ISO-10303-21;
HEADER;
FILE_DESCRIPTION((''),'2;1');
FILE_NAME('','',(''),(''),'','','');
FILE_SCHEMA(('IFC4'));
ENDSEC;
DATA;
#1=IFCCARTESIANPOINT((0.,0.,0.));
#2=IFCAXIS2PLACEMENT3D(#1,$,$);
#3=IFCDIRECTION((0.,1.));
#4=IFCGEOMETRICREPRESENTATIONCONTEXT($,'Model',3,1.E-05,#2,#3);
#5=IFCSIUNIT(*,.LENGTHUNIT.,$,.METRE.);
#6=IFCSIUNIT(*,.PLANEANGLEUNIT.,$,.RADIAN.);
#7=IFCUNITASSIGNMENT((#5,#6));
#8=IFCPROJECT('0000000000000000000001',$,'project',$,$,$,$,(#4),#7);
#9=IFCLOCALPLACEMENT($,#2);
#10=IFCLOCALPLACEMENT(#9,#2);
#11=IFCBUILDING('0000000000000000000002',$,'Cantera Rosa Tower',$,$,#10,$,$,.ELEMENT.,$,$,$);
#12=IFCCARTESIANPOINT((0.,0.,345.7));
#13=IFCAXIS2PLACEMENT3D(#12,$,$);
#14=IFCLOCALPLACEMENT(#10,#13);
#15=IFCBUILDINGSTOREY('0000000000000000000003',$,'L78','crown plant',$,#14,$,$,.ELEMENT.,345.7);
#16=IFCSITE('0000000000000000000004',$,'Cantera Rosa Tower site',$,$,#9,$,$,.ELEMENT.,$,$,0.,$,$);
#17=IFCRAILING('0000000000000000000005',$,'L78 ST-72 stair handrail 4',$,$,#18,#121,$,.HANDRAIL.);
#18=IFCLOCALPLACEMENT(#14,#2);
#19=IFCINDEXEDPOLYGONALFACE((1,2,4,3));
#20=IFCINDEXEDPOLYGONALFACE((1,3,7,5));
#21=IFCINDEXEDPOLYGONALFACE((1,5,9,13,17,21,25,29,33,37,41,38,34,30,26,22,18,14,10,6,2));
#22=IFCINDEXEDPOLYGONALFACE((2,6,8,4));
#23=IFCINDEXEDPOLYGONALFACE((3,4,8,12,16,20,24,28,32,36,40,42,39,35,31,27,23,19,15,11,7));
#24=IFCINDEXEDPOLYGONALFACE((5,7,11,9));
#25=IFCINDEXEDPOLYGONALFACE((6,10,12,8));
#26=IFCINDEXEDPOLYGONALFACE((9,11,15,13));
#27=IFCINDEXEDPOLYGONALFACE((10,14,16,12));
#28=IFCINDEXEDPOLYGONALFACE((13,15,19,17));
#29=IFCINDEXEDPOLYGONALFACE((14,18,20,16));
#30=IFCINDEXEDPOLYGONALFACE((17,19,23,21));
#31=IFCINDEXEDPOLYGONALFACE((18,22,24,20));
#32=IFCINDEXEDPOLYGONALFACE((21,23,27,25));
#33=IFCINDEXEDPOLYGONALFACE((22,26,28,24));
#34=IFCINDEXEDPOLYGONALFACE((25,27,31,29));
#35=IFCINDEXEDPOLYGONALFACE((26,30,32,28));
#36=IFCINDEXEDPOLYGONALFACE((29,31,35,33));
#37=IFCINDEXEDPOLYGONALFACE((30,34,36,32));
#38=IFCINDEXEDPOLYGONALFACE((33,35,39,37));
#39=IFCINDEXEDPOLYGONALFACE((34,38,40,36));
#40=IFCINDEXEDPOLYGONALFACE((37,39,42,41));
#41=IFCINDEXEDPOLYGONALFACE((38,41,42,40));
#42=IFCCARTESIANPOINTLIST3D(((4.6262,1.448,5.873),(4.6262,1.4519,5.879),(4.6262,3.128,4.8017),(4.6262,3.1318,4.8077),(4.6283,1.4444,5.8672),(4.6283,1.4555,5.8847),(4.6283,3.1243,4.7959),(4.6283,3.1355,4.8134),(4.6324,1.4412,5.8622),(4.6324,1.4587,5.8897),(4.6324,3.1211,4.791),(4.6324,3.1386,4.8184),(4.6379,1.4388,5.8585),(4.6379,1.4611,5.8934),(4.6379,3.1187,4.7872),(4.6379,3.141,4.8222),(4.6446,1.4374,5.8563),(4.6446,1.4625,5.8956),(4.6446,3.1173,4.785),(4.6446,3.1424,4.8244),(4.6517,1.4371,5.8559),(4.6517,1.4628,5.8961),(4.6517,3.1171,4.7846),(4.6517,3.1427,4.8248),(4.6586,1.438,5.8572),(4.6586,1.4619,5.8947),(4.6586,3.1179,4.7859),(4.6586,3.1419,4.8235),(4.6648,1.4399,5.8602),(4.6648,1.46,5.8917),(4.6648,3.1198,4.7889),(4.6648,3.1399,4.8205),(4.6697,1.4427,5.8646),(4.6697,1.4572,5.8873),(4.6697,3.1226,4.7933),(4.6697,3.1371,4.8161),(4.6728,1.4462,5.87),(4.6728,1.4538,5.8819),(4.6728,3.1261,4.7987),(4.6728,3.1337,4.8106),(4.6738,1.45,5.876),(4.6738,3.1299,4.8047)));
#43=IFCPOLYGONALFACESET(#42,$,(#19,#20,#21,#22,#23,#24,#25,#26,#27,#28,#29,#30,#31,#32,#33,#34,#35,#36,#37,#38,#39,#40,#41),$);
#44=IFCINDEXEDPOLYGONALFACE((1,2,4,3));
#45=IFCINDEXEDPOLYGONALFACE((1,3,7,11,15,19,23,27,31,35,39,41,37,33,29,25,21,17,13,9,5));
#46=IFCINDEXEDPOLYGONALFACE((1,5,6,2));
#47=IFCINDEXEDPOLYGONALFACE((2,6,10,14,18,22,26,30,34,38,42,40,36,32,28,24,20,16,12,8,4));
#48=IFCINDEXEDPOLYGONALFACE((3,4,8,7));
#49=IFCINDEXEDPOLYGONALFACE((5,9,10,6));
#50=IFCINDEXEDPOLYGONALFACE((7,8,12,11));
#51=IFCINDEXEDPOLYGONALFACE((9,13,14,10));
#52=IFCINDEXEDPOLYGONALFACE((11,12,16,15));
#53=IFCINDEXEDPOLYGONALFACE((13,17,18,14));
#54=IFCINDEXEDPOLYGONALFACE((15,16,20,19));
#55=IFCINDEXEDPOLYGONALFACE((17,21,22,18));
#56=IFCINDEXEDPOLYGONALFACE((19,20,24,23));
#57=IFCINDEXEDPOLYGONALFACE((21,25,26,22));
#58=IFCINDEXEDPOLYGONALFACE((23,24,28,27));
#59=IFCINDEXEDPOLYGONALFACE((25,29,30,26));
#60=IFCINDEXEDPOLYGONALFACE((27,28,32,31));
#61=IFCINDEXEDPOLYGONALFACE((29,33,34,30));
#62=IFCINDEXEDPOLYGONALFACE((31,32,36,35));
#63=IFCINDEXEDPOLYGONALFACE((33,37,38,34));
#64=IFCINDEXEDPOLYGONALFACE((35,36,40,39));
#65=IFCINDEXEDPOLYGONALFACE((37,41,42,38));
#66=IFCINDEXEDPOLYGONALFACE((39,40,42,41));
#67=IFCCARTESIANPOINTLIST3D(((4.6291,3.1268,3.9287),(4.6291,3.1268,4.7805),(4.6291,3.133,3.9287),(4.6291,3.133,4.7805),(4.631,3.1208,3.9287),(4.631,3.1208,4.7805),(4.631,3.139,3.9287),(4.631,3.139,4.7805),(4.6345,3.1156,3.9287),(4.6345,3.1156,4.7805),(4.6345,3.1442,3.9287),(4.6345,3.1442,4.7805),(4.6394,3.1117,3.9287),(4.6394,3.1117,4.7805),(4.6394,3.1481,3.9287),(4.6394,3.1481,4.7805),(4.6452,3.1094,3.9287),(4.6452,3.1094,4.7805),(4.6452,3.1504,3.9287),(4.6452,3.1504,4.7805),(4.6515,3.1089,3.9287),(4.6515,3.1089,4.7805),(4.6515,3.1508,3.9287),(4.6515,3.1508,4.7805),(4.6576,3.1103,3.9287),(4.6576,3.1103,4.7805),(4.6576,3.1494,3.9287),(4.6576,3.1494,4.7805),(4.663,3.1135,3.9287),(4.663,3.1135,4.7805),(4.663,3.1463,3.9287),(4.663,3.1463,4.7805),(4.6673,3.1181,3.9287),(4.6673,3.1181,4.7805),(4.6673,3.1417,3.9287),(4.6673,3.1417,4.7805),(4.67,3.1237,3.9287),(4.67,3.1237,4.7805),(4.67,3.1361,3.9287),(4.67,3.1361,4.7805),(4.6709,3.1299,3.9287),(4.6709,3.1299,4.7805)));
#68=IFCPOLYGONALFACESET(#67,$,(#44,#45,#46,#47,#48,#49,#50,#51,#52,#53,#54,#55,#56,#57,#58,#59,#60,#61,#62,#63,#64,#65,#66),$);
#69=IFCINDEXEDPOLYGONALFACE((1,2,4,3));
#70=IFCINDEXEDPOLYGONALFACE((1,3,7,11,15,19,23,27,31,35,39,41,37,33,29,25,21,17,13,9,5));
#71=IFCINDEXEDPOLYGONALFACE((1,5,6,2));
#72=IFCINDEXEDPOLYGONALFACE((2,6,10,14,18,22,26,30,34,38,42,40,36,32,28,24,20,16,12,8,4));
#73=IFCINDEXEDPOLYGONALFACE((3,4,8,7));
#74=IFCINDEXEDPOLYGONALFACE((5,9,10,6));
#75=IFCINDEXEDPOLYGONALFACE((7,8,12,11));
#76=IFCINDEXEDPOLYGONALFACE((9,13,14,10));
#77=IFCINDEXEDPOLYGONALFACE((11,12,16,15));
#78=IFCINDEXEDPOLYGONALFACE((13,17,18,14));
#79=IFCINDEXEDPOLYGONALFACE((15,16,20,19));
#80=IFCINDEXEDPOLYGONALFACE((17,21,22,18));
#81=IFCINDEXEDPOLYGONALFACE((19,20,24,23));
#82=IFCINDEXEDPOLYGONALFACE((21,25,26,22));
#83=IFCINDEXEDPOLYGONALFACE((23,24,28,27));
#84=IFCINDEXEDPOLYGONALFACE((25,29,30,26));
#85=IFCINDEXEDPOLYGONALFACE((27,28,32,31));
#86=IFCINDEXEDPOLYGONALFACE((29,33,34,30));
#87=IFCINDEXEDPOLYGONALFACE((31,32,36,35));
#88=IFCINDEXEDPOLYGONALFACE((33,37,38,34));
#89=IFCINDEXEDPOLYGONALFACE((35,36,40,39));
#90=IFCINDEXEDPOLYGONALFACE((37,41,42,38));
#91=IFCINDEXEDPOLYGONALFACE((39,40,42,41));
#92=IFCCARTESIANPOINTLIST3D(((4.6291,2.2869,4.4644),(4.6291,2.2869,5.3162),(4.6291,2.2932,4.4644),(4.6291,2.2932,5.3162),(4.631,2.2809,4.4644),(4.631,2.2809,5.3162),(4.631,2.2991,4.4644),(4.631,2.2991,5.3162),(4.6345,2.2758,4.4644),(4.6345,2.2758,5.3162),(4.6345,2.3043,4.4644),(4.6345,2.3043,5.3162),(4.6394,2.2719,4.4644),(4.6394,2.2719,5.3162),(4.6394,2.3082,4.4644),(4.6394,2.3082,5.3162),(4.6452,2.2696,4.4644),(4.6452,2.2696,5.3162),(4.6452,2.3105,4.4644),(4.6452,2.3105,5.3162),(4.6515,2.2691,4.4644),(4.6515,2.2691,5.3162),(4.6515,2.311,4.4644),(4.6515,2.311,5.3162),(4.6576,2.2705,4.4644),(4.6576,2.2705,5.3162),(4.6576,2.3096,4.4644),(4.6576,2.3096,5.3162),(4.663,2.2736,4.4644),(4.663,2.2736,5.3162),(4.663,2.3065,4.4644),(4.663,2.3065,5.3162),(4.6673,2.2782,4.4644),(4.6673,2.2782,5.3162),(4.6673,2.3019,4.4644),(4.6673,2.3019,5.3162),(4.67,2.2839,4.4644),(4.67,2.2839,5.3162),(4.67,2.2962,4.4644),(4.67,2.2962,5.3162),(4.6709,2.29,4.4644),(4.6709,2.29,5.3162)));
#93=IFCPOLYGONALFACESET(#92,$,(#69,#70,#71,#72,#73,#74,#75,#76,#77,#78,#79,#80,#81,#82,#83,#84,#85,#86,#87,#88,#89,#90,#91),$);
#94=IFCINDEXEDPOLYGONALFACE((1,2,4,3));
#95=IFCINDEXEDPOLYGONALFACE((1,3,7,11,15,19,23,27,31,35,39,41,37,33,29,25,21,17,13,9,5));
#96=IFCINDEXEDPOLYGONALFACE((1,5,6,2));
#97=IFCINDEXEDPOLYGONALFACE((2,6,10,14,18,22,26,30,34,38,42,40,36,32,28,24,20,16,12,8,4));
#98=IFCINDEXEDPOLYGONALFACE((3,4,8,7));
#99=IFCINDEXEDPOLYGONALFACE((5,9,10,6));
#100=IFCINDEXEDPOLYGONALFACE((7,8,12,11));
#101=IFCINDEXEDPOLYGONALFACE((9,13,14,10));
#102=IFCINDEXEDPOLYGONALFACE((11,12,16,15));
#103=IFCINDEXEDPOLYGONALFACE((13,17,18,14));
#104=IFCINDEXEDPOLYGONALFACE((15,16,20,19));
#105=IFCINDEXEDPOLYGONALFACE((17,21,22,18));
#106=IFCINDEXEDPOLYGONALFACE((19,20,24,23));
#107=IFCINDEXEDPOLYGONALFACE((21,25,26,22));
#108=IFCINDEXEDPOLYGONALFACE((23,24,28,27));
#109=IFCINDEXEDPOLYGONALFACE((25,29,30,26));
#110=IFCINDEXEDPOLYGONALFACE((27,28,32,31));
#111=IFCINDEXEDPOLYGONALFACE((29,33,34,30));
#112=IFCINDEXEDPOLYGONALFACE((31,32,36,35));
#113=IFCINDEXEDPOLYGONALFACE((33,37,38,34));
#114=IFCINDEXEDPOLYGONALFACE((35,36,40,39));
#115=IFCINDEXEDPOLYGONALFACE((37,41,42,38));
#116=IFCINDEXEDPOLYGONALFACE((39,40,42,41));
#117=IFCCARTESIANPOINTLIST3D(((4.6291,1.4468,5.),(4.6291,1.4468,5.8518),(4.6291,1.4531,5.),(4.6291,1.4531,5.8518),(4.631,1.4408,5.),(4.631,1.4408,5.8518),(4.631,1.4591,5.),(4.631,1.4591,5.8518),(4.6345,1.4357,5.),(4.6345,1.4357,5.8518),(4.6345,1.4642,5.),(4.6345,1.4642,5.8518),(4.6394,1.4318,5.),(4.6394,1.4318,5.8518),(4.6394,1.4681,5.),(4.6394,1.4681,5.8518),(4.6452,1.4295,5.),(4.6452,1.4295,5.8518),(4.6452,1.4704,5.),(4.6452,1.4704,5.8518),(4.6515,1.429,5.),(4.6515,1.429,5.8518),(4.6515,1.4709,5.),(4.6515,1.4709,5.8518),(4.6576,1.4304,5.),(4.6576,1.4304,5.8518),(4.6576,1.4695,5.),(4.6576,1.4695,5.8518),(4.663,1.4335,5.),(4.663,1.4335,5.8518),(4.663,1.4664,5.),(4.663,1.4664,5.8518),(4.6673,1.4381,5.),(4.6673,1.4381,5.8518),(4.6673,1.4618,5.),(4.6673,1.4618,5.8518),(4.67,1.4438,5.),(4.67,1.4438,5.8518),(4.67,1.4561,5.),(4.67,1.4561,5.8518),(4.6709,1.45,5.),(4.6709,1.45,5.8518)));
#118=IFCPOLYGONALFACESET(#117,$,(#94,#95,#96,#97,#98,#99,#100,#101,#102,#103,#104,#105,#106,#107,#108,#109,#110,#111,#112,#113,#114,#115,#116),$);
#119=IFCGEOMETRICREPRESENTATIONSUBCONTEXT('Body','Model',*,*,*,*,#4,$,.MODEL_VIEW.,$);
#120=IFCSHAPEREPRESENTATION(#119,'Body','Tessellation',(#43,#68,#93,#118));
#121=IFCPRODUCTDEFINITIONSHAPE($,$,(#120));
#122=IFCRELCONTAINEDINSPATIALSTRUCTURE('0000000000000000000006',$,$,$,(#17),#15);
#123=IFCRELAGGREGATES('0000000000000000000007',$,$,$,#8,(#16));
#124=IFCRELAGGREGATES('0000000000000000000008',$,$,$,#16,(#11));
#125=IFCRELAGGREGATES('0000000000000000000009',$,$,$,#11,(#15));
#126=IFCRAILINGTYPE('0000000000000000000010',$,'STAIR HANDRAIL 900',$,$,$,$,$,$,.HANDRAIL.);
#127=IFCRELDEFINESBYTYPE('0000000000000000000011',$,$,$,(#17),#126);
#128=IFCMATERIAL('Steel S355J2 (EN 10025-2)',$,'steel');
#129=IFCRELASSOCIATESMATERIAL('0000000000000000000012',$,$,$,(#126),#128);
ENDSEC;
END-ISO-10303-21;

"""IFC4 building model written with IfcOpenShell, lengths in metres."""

from ifc_helpers import new_model, si_unit, direction, frame, origin, origin_2d, place, context, subcontext, project, spatial, circle, extrude, material, type_object, element, save


model = new_model("IFC4")

# Units and contexts
model_context = context("Model", 3, precision=1e-05, world=origin(), true_north=direction((0.0, 1.0)))
body_context = subcontext(model_context, "Body", "Model", "MODEL_VIEW")
ifc_project = project(units=[si_unit("LENGTHUNIT", "METRE"), si_unit("PLANEANGLEUNIT", "RADIAN")], contexts=[model_context])

# Site, building, storey
site_placement = place(None, origin())
site = spatial("IfcSite", under=ifc_project, at=site_placement, Name="Cantera Rosa Tower site", CompositionType="ELEMENT", RefElevation=0.0)
building_placement = place(site_placement, origin())
building = spatial("IfcBuilding", under=site, at=building_placement, Name="Cantera Rosa Tower", CompositionType="ELEMENT")
storey_placement = place(building_placement, frame((0.0, 0.0, 345.7)))
storey = spatial("IfcBuildingStorey", under=building, at=storey_placement, Name="L78", Description="crown plant", CompositionType="ELEMENT", Elevation=345.7)

# Railing
ifc_material_1 = material(Name="Steel S355J2 (EN 10025-2)", Category="steel")
railing_type_1 = type_object("IfcRailingType", Name="STAIR HANDRAIL 900", PredefinedType="HANDRAIL", material=ifc_material_1)
railing_1_placement = place(storey_placement, frame((4.6499, 3.1299, 3.9287)))
element("IfcRailing", 1, at=railing_1_placement, inside=storey, type_object=railing_type_1, Name="L78 ST-72 stair handrail 4", PredefinedType="HANDRAIL", context=body_context, shape_type="SweptSolid", body=[
    extrude(circle(Radius=0.0239, at=origin_2d()), frame((0.0, 0.0, 0.876), z_axis=(0.0, -0.843152, 0.537676), x_axis=(1.0, 0.0, 0.0)), (0.0, 0.0, 1.0), 1.9924),
    extrude(circle(Radius=0.021, at=origin_2d()), origin(), (0.0, 0.0, 1.0), 0.8518),
    extrude(circle(Radius=0.021, at=origin_2d()), frame((0.0, -0.8398, 0.5356)), (0.0, 0.0, 1.0), 0.8518),
    extrude(circle(Radius=0.021, at=origin_2d()), frame((0.0, -1.6799, 1.0713)), (0.0, 0.0, 1.0), 0.8518),
])

save(model, "model.ifc")
